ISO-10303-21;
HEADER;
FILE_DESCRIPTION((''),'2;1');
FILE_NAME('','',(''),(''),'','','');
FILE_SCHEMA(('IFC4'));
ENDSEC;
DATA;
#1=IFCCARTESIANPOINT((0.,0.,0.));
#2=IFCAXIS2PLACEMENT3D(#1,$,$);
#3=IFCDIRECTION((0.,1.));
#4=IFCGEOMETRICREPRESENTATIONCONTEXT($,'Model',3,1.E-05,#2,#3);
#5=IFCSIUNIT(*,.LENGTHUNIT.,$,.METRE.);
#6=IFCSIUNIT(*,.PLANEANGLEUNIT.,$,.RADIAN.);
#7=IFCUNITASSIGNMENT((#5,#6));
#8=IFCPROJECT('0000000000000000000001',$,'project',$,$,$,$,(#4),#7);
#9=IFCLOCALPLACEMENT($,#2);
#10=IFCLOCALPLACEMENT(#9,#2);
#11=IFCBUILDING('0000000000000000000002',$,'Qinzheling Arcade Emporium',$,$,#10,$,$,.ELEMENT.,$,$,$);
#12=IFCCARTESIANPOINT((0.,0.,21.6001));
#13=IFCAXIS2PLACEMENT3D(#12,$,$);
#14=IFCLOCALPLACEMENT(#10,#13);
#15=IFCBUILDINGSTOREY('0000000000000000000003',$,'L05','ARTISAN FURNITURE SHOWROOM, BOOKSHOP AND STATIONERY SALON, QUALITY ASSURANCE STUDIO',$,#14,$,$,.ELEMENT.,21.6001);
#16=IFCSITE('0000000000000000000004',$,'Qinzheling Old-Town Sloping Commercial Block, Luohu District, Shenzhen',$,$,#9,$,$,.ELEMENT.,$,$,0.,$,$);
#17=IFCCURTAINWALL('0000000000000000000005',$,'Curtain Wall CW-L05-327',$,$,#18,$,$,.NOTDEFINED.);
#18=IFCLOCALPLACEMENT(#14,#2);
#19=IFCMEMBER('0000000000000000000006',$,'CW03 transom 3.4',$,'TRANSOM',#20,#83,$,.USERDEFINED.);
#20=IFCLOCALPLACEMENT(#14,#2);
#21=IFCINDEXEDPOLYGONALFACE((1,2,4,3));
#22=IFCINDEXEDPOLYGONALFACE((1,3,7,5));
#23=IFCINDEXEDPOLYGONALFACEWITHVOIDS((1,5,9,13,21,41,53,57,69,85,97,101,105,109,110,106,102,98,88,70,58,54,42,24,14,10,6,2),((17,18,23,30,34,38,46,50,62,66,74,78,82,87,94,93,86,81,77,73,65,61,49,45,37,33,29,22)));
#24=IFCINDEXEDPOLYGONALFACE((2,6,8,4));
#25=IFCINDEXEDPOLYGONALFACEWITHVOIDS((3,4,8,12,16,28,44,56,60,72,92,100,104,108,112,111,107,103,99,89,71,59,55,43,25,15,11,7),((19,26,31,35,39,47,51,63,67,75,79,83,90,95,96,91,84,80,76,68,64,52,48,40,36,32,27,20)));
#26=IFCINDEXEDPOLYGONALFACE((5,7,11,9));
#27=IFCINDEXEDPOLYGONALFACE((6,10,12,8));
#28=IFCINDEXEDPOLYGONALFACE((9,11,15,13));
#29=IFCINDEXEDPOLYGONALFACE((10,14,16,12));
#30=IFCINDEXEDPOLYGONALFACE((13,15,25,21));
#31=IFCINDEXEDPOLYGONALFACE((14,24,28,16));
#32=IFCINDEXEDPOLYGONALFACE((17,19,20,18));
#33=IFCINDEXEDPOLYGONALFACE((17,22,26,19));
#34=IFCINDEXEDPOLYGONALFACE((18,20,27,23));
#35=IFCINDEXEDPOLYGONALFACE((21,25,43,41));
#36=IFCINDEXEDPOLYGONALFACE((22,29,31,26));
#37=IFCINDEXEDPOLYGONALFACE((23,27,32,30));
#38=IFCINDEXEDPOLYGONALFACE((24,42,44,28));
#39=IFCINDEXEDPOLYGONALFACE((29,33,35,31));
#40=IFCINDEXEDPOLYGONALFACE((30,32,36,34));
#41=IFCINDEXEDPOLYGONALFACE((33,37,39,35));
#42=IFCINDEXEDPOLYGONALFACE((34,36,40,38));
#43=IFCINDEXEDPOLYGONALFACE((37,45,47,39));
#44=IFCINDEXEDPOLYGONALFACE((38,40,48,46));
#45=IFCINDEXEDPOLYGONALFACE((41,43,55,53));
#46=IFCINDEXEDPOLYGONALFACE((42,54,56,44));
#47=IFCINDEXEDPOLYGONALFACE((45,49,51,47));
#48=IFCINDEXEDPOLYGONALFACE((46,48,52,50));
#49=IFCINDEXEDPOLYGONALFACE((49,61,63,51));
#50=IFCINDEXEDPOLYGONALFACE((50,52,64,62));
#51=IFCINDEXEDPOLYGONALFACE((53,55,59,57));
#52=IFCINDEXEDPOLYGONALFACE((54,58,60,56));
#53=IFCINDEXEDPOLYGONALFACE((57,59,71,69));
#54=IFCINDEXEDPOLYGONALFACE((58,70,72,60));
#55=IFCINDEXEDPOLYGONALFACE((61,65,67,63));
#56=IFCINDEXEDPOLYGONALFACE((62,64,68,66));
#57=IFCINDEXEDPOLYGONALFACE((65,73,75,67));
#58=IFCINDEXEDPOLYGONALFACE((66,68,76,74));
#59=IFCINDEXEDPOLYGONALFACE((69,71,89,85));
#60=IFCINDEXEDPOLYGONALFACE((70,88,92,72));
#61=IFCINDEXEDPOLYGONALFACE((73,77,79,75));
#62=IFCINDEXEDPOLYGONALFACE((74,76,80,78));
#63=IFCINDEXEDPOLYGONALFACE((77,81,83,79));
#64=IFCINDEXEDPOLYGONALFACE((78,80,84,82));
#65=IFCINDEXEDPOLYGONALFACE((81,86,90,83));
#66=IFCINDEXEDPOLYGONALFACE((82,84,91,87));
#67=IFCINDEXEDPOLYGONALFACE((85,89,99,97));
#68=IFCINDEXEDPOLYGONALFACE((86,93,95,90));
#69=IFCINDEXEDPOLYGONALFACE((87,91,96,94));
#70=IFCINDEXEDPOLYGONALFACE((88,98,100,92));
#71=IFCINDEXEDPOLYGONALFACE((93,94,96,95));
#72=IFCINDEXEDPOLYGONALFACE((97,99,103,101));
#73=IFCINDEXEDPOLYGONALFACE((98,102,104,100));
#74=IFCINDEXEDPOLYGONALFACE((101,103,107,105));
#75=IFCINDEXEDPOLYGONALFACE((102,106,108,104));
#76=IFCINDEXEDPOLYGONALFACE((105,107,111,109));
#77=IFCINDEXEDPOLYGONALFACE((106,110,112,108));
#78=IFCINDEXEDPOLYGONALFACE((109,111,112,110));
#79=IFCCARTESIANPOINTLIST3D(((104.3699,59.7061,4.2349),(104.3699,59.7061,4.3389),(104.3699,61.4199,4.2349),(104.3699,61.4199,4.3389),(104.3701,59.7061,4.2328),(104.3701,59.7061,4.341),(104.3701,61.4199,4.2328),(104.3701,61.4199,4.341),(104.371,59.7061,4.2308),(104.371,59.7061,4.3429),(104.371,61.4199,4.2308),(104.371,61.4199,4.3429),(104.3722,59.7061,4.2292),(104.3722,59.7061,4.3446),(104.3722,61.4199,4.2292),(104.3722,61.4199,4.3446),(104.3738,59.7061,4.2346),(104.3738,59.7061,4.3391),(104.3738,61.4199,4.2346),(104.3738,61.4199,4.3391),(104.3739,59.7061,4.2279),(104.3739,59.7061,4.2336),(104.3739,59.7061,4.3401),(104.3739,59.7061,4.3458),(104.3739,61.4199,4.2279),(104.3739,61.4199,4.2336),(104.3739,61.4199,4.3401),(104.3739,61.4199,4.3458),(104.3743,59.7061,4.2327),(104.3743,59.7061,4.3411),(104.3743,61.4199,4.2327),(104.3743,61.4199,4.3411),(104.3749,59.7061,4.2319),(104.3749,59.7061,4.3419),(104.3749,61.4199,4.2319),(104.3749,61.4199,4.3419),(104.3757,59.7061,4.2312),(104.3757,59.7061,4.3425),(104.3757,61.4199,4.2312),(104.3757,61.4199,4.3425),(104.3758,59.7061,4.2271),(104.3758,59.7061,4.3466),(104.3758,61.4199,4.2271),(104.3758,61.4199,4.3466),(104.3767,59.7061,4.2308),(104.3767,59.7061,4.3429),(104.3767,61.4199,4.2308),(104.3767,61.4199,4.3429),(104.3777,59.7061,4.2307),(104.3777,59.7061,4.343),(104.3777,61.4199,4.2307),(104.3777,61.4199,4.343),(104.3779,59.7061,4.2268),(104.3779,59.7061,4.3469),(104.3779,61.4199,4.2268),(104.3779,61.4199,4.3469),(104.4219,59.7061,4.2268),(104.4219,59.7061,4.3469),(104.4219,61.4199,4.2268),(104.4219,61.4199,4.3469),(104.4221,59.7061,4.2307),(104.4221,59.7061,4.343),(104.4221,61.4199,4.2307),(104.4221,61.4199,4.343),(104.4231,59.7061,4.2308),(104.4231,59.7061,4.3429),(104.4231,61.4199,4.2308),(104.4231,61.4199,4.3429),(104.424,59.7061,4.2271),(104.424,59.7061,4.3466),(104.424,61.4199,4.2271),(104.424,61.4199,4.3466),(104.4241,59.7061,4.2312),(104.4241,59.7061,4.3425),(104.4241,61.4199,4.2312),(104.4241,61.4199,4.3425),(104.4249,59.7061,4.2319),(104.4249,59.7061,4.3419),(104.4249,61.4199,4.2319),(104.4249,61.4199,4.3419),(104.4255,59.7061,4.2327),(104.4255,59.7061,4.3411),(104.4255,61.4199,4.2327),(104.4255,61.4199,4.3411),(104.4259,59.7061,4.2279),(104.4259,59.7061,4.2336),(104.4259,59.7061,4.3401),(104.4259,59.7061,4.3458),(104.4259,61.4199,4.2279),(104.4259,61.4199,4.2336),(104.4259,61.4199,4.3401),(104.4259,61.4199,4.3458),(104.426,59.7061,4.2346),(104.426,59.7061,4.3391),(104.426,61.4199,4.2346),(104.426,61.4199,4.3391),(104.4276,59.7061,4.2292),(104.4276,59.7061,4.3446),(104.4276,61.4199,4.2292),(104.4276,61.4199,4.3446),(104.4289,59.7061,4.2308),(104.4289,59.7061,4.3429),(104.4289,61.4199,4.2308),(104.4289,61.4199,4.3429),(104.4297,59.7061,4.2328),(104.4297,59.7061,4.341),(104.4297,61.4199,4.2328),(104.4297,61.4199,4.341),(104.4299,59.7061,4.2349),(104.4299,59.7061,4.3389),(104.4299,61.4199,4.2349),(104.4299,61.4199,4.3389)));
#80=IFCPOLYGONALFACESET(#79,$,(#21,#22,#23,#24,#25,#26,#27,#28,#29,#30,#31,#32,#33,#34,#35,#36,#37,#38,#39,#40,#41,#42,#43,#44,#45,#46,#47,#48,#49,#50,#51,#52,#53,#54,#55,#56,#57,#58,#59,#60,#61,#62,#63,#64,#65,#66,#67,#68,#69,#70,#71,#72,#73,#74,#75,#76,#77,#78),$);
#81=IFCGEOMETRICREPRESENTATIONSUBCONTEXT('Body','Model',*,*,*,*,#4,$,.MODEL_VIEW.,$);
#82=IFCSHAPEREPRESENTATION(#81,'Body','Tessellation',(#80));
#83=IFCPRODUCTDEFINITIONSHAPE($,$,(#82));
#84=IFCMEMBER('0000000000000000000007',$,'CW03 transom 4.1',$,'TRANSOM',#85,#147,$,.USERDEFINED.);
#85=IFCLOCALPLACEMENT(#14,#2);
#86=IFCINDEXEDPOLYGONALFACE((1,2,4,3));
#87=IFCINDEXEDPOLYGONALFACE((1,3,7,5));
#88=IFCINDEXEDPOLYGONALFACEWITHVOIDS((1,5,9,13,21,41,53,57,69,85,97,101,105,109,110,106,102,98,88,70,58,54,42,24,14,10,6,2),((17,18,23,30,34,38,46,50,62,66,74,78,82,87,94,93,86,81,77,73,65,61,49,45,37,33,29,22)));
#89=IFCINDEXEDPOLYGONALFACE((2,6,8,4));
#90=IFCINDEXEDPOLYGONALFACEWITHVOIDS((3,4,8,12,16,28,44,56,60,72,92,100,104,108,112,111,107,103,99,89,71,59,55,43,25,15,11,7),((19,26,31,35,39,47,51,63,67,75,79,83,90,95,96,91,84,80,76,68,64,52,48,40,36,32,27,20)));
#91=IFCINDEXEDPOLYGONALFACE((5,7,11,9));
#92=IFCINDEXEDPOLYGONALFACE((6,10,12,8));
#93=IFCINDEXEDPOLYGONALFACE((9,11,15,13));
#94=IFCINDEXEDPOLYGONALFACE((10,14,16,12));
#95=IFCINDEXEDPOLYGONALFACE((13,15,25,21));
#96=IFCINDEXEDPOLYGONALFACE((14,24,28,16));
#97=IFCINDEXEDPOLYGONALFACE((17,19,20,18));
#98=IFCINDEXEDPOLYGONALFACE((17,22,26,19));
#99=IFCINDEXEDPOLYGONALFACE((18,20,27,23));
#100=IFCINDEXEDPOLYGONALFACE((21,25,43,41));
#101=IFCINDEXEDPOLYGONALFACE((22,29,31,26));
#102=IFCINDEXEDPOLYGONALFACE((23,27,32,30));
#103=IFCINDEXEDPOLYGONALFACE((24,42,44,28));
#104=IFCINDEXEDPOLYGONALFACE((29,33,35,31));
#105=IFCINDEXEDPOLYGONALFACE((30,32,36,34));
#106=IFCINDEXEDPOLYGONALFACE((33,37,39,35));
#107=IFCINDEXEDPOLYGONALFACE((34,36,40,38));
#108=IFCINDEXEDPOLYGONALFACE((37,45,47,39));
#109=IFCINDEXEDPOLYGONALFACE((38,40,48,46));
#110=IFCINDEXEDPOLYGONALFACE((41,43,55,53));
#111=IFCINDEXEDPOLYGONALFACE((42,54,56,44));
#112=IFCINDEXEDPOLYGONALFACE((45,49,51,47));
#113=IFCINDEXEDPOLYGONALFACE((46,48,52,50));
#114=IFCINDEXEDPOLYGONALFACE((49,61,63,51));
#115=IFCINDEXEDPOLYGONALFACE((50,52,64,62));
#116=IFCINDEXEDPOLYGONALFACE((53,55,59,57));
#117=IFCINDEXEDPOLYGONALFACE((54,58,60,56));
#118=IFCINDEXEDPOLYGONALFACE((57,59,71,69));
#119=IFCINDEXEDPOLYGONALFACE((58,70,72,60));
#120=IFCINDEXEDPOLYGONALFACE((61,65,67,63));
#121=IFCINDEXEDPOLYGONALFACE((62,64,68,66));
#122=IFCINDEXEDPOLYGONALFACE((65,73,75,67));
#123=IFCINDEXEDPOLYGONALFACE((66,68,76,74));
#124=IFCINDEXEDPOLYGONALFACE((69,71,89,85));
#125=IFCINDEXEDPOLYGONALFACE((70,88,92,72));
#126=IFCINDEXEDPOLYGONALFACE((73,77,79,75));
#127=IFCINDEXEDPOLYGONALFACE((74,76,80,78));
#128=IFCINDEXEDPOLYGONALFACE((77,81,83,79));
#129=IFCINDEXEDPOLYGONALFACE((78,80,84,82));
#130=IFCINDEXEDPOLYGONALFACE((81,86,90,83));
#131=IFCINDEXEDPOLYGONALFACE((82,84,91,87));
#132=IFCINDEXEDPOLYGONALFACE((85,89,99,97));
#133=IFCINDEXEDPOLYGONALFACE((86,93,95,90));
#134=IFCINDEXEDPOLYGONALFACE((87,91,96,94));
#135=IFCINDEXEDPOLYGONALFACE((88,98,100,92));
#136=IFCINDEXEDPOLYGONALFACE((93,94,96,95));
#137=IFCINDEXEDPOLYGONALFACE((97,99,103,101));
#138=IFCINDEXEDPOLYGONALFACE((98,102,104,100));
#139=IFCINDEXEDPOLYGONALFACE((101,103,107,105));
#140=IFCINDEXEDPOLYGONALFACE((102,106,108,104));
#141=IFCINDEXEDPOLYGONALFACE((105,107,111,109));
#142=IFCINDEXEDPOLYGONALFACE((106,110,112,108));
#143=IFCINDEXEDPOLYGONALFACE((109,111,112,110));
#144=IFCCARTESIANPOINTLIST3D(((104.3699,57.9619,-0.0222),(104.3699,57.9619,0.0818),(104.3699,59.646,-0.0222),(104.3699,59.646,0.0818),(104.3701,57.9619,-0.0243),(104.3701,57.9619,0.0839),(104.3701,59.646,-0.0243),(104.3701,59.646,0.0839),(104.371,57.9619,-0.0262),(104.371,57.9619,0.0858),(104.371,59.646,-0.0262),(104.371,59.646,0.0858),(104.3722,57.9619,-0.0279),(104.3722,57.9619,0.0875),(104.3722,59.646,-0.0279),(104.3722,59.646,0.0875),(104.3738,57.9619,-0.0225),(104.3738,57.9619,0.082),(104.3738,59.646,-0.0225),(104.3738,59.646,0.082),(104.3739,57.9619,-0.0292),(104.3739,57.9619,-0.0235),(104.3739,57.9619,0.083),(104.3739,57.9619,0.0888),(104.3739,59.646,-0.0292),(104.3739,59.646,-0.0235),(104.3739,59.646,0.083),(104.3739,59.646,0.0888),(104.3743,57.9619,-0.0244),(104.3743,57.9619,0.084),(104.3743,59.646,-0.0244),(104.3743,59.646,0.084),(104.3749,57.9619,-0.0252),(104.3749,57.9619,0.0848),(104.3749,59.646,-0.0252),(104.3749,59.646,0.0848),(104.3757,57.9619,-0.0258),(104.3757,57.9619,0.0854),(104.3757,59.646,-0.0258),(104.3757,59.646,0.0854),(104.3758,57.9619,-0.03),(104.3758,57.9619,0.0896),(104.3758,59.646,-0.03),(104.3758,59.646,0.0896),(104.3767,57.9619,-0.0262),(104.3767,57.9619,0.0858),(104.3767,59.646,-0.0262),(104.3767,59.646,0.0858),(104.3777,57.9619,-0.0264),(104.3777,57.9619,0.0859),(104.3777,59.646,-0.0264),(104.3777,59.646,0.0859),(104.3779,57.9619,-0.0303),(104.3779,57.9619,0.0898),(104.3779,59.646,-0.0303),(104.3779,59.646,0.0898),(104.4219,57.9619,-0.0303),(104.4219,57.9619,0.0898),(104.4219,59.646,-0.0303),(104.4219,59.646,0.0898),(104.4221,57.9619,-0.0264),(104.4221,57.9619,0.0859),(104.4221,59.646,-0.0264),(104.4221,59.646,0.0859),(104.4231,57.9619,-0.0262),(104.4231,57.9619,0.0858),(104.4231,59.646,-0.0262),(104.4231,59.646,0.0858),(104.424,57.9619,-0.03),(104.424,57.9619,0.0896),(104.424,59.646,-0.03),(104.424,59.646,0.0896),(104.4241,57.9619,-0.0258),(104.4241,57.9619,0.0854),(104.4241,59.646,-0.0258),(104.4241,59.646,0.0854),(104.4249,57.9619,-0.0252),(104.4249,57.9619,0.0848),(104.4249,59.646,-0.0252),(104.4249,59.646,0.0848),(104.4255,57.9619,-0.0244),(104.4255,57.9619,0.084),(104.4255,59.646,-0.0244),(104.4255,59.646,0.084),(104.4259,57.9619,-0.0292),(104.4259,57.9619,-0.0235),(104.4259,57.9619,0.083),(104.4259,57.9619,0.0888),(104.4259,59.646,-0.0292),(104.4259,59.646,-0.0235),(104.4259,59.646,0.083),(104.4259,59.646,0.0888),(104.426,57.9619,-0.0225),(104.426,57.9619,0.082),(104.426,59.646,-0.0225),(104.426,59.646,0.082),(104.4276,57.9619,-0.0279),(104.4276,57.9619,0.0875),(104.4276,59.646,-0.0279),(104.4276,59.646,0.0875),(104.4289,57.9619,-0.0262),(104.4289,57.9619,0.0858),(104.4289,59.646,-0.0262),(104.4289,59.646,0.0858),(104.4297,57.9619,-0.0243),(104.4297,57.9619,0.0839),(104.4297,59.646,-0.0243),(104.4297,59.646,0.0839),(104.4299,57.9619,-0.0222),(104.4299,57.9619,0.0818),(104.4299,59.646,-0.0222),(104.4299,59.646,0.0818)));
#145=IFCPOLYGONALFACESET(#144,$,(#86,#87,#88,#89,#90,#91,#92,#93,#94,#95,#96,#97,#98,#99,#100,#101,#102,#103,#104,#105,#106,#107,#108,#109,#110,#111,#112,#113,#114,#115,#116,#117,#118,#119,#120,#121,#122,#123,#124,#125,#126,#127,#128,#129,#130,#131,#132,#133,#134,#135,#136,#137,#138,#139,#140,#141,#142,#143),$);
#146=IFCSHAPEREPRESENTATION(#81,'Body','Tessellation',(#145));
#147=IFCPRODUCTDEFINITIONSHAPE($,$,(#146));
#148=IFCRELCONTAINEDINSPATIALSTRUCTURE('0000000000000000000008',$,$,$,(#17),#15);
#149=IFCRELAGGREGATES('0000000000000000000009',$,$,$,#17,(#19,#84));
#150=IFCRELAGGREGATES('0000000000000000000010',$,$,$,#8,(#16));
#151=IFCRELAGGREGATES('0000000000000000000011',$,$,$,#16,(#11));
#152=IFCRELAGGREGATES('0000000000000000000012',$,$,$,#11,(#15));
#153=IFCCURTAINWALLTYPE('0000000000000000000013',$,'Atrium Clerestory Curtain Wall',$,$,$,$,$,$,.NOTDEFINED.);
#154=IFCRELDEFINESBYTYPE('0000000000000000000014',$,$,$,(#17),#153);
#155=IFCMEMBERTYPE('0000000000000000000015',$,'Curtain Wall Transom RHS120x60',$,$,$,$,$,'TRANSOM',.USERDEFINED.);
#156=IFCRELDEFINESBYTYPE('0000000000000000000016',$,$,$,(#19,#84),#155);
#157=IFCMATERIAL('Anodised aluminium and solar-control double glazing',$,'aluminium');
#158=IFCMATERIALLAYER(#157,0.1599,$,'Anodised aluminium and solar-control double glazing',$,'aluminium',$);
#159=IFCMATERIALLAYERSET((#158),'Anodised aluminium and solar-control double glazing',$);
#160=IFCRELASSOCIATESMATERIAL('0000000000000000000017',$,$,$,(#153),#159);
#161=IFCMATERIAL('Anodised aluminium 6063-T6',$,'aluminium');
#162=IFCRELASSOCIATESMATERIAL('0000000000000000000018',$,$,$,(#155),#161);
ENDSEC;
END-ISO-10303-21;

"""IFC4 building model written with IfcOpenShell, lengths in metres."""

from ifc_helpers import new_model, si_unit, direction, frame, origin, origin_2d, place, context, subcontext, project, spatial, hollow_rectangle, extrude, material, layer, layer_set, material_profile, profile_set, type_object, element, aggregate, save


model = new_model("IFC4")

# Units and contexts
model_context = context("Model", 3, precision=1e-05, world=origin(), true_north=direction((0.0, 1.0)))
body_context = subcontext(model_context, "Body", "Model", "MODEL_VIEW")
ifc_project = project(units=[si_unit("LENGTHUNIT", "METRE"), si_unit("PLANEANGLEUNIT", "RADIAN")], contexts=[model_context])

# Site, building, storey
site_placement = place(None, origin())
site = spatial("IfcSite", under=ifc_project, at=site_placement, Name="Qinzheling Old-Town Sloping Commercial Block, Luohu District, Shenzhen", CompositionType="ELEMENT", RefElevation=0.0)
building_placement = place(site_placement, origin())
building = spatial("IfcBuilding", under=site, at=building_placement, Name="Qinzheling Arcade Emporium", CompositionType="ELEMENT")
storey_placement = place(building_placement, frame((0.0, 0.0, 21.6001)))
storey = spatial("IfcBuildingStorey", under=building, at=storey_placement, Name="L05", Description="ARTISAN FURNITURE SHOWROOM, BOOKSHOP AND STATIONERY SALON, QUALITY ASSURANCE STUDIO", CompositionType="ELEMENT", Elevation=21.6001)

# Curtain wall
ifc_material_1 = material(Name="Anodised aluminium and solar-control double glazing", Category="aluminium")
ifc_layer_1 = layer(ifc_material_1, 0.1599, Name="Anodised aluminium and solar-control double glazing", Category="aluminium")
ifc_layer_set_1 = layer_set([ifc_layer_1], Name="Anodised aluminium and solar-control double glazing")
curtain_wall_type = type_object("IfcCurtainWallType", Name="Atrium Clerestory Curtain Wall", PredefinedType="NOTDEFINED", material=ifc_layer_set_1)
curtain_wall_1_placement = place(storey_placement, origin())
curtain_wall_1 = element("IfcCurtainWall", 1, at=curtain_wall_1_placement, inside=storey, type_object=curtain_wall_type, Name="Curtain Wall CW-L05-327", PredefinedType="NOTDEFINED")
ifc_material_2 = material(Name="Anodised aluminium 6063-T6", Category="aluminium")

# Members
ifc_material_profile_1 = material_profile(ifc_material_2, hollow_rectangle(XDim=0.0601, YDim=0.1201, WallThickness=0.0039, InnerFilletRadius=0.0039, OuterFilletRadius=0.0081, at=origin_2d()), Name="RHS 120x60x4", Category="aluminium")
ifc_profile_set_1 = profile_set([ifc_material_profile_1], Name="Anodised aluminium 6063-T6")
member_type_1 = type_object("IfcMemberType", Name="Curtain Wall Transom RHS120x60", ElementType="TRANSOM", PredefinedType="USERDEFINED", material=ifc_profile_set_1)
member_1_placement = place(storey_placement, frame((104.3999, 61.4199, 4.2869), z_axis=(0.0, -1.0, 0.0), x_axis=(1.0, 0.0, 0.0)))
member_1 = element("IfcMember", 2, at=member_1_placement, type_object=member_type_1, Name="CW03 transom 3.4", ObjectType="TRANSOM", PredefinedType="USERDEFINED", context=body_context, shape_type="SweptSolid", body=[
    extrude(hollow_rectangle(XDim=0.0601, YDim=0.1201, WallThickness=0.0039, InnerFilletRadius=0.0039, OuterFilletRadius=0.0081, at=origin_2d()), origin(), (0.0, 0.0, 1.0), 1.7139),
])
member_2_placement = place(storey_placement, frame((104.3999, 59.646, 0.0298), z_axis=(0.0, -1.0, 0.0), x_axis=(1.0, 0.0, 0.0)))
member_2 = element("IfcMember", 3, at=member_2_placement, type_object=member_type_1, Name="CW03 transom 4.1", ObjectType="TRANSOM", PredefinedType="USERDEFINED", context=body_context, shape_type="SweptSolid", body=[
    extrude(hollow_rectangle(XDim=0.0601, YDim=0.1201, WallThickness=0.0039, InnerFilletRadius=0.0039, OuterFilletRadius=0.0081, at=origin_2d()), origin(), (0.0, 0.0, 1.0), 1.6841),
])

aggregate(curtain_wall_1, [member_1, member_2])

save(model, "model.ifc")
